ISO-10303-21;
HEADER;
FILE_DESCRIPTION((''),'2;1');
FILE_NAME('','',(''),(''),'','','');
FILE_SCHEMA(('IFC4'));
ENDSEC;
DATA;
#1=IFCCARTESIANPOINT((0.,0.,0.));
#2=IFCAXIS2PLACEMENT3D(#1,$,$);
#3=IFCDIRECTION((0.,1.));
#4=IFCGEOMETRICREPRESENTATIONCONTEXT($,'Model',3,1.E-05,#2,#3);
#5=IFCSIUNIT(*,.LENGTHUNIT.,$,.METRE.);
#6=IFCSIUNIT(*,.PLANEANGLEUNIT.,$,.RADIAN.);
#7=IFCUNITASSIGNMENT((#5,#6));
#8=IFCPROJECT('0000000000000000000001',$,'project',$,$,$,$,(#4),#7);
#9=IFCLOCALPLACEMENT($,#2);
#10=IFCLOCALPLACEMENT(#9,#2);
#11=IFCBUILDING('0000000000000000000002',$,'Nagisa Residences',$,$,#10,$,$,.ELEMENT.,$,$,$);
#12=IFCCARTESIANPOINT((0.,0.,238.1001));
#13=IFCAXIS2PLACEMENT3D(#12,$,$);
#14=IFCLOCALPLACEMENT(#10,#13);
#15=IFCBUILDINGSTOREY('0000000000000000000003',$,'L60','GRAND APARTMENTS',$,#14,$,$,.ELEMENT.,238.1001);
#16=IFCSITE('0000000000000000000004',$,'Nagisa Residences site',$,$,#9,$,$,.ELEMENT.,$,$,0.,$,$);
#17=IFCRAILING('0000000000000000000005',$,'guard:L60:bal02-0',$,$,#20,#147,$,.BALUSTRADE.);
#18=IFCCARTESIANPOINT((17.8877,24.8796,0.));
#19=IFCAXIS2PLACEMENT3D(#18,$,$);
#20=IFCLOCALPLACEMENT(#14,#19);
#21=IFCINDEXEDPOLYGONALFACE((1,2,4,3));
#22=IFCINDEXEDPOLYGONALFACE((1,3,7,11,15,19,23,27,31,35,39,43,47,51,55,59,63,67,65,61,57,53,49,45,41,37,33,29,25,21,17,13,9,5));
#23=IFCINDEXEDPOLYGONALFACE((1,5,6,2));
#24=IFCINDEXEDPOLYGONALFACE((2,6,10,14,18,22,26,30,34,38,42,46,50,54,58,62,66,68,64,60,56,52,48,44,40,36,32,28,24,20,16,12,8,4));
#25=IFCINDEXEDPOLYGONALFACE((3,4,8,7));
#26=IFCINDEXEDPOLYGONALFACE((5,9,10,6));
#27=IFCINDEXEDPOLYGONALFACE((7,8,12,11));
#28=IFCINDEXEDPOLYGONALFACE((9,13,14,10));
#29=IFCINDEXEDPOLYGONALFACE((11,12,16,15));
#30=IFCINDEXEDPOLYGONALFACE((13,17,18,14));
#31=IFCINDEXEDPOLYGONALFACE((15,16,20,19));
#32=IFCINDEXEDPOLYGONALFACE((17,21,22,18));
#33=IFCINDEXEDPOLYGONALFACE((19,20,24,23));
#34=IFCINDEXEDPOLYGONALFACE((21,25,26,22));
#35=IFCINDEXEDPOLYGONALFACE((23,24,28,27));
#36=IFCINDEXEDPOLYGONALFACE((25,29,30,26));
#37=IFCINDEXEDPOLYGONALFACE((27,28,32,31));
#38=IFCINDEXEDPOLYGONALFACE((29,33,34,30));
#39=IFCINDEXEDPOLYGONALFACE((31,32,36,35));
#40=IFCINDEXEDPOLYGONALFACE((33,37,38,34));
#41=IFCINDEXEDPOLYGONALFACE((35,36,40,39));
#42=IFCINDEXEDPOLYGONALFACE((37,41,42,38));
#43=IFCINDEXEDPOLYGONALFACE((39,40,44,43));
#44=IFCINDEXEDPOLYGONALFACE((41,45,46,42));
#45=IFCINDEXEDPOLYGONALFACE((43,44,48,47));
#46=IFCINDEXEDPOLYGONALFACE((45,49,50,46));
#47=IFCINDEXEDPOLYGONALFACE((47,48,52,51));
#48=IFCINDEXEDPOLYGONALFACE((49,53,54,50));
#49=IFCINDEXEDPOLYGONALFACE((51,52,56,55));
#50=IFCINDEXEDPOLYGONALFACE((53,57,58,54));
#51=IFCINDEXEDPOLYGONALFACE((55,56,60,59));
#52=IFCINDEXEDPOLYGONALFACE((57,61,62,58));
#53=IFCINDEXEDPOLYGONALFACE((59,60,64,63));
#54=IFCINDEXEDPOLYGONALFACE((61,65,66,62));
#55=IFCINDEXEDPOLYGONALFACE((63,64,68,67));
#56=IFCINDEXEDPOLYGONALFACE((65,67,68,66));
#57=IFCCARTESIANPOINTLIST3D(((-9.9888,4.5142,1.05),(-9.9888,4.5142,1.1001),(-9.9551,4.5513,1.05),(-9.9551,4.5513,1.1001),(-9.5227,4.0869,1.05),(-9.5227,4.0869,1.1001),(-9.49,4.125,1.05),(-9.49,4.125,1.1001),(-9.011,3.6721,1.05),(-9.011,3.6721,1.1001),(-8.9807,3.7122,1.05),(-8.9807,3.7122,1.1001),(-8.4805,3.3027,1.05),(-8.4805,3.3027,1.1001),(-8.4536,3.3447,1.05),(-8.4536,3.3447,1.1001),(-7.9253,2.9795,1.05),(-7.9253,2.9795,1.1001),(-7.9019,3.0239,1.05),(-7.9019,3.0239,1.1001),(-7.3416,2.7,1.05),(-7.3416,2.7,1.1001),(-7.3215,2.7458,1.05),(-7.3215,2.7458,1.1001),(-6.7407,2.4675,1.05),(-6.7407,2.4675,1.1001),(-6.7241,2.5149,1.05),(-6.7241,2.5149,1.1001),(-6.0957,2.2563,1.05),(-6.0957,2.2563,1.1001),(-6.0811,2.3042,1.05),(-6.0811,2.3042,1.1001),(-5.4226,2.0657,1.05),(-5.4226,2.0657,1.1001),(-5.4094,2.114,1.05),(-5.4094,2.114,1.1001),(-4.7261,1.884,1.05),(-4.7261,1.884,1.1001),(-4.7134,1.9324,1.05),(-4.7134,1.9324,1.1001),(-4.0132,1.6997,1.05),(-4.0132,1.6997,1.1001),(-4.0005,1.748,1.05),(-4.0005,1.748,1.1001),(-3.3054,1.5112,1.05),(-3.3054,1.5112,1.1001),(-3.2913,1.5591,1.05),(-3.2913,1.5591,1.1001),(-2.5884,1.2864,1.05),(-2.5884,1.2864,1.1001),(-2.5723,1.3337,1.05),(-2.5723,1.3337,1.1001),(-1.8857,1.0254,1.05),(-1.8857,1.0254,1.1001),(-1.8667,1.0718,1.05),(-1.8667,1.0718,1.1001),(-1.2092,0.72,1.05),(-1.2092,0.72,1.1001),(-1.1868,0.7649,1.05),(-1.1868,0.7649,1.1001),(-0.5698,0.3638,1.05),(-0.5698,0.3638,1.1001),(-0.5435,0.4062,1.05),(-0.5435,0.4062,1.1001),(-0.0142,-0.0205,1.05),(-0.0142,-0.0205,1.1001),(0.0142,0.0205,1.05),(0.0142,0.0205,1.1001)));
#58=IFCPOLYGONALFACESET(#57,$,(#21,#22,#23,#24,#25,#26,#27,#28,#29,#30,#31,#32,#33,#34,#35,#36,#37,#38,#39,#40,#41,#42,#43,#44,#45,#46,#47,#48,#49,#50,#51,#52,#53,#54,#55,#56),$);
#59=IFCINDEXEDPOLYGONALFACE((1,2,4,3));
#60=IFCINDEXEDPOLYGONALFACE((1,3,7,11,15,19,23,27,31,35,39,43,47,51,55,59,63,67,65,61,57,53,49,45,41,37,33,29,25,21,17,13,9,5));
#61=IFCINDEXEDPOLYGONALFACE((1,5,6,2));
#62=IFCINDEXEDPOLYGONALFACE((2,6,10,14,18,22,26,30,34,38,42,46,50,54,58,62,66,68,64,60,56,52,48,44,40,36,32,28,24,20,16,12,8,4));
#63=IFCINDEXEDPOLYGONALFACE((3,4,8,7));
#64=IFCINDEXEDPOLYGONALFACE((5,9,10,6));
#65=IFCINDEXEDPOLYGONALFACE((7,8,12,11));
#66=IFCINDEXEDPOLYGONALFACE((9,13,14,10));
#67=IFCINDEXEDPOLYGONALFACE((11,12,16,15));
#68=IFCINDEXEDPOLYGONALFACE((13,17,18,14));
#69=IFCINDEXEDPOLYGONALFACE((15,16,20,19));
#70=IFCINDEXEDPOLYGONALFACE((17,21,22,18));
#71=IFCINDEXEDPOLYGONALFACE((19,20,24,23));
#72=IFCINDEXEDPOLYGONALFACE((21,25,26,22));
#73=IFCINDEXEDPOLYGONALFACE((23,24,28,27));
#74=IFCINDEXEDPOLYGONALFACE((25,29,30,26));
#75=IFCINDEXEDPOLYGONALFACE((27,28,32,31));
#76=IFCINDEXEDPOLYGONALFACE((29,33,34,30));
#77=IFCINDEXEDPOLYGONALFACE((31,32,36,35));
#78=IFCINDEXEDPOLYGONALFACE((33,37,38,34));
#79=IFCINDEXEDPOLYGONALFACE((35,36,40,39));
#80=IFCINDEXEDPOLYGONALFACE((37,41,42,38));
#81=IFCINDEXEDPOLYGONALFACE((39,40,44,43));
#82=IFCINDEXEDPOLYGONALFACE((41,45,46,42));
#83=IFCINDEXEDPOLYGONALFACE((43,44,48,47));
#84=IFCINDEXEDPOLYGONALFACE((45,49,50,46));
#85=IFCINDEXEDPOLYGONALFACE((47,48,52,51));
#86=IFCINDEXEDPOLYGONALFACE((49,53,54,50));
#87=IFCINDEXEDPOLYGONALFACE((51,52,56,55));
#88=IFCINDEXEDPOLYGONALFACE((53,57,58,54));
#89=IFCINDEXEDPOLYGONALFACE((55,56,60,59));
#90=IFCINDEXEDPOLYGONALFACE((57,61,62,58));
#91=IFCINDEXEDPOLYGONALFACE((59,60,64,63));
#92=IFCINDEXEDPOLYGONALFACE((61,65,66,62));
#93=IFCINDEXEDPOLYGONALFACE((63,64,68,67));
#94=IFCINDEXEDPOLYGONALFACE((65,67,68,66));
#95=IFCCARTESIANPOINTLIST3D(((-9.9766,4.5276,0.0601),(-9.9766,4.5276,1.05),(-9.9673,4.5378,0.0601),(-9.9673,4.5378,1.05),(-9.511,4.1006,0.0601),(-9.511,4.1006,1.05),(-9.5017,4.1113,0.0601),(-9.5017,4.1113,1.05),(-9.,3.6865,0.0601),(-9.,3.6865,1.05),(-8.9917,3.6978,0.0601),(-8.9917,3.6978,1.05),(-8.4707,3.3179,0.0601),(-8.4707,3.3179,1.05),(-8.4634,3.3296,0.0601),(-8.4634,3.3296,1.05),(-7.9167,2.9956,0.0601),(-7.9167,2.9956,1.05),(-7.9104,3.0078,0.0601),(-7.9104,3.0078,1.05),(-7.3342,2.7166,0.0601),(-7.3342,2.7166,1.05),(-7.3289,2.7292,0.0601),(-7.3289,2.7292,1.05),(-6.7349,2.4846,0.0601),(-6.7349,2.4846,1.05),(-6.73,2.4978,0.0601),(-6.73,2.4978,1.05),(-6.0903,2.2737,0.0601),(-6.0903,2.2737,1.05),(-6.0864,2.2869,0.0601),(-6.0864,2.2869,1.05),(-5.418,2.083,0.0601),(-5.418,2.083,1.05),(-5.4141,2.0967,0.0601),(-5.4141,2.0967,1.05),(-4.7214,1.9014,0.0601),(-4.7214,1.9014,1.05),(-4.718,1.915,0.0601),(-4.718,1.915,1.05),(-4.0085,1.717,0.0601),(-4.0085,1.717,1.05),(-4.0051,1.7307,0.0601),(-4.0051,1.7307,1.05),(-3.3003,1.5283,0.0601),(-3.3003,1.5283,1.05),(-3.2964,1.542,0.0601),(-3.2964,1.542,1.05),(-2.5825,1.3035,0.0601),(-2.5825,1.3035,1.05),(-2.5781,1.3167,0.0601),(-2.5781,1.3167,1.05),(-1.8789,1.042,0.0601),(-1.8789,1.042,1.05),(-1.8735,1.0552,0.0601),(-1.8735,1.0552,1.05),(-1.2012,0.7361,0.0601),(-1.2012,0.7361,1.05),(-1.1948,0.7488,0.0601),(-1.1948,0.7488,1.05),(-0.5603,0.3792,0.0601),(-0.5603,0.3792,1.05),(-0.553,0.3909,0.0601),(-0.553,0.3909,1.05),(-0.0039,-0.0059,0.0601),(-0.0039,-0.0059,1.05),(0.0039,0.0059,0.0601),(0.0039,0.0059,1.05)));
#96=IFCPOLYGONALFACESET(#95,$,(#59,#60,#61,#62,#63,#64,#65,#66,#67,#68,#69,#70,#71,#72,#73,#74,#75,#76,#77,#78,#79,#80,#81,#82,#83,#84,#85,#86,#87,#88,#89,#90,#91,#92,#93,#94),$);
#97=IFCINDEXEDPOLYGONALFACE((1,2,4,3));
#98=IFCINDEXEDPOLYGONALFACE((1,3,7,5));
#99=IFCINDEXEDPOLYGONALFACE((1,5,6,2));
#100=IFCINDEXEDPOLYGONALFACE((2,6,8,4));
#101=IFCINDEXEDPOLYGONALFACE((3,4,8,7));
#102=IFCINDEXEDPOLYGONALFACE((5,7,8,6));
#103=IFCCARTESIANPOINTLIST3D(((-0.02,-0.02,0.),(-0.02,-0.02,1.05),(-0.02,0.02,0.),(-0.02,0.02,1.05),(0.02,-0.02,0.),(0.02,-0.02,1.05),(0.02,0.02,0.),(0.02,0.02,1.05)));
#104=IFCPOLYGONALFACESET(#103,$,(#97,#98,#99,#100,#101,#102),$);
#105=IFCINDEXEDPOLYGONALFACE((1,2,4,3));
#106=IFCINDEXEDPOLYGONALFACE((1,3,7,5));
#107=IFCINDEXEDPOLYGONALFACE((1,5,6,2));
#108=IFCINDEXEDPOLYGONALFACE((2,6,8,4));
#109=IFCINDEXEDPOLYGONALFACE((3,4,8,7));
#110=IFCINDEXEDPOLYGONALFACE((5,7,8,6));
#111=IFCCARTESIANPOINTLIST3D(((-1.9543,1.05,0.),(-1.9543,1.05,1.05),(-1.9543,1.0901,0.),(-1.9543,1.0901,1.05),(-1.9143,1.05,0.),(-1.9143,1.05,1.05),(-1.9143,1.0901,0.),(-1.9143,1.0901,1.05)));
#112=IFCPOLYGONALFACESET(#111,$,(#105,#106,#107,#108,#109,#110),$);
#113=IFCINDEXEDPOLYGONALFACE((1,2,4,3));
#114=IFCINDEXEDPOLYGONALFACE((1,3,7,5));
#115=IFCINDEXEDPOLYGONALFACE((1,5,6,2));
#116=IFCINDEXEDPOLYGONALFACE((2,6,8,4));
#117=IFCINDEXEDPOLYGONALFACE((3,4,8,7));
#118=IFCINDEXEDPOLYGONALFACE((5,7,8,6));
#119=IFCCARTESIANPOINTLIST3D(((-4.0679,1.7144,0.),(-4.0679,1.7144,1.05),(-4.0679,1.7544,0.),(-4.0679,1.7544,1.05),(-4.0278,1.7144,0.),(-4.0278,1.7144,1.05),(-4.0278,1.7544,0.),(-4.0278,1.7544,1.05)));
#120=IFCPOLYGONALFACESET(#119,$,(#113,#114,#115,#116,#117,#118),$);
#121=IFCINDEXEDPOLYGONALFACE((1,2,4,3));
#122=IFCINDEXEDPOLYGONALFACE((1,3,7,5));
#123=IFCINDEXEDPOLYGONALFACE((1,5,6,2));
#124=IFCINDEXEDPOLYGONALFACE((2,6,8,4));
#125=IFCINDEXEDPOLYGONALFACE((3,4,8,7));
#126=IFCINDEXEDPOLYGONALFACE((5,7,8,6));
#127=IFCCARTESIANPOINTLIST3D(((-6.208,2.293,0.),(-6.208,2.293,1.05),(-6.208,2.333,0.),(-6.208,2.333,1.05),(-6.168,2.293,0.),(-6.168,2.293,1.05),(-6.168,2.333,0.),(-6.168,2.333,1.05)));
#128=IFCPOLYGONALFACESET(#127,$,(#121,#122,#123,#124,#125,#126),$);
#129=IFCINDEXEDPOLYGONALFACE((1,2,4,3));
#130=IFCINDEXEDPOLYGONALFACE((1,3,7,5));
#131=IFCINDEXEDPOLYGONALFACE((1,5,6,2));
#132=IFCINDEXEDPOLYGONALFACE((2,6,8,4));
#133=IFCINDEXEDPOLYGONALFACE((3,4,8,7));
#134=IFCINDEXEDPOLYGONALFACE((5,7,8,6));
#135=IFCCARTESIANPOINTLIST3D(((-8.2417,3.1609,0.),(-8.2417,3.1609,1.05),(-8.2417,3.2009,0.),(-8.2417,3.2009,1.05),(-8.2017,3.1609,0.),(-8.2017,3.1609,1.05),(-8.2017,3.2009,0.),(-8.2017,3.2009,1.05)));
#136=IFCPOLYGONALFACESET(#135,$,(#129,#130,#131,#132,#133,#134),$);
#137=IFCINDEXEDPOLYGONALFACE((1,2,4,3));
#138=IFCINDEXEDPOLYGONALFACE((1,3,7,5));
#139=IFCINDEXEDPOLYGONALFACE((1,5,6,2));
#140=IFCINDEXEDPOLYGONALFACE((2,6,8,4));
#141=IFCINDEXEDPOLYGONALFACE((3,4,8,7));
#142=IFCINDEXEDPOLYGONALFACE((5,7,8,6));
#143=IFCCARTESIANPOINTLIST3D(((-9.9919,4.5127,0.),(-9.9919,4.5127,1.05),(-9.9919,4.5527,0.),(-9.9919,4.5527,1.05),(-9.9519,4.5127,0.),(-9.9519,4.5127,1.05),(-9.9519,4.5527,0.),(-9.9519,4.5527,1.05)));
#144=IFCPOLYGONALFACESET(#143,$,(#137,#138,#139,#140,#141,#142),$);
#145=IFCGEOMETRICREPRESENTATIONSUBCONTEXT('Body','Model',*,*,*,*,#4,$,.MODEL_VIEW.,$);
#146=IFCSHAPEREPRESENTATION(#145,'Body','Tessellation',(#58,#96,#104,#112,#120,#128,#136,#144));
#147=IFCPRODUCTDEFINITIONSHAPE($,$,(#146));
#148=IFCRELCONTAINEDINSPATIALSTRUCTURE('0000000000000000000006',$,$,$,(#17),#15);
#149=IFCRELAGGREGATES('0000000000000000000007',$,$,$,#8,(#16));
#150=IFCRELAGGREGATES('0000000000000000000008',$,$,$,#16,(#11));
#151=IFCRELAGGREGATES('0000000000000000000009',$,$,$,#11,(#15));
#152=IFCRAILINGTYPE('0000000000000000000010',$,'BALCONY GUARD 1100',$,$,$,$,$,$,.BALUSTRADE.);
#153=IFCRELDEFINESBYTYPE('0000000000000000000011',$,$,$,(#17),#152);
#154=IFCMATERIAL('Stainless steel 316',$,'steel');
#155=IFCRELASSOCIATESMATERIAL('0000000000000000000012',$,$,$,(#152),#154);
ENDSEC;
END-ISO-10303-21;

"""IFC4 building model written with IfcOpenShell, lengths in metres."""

from ifc_helpers import new_model, si_unit, direction, frame, origin, origin_2d, place, context, subcontext, project, spatial, polyline, rectangle, outline, extrude, material, type_object, element, save


model = new_model("IFC4")

# Units and contexts
model_context = context("Model", 3, precision=1e-05, world=origin(), true_north=direction((0.0, 1.0)))
body_context = subcontext(model_context, "Body", "Model", "MODEL_VIEW")
ifc_project = project(units=[si_unit("LENGTHUNIT", "METRE"), si_unit("PLANEANGLEUNIT", "RADIAN")], contexts=[model_context])

# Site, building, storey
site_placement = place(None, origin())
site = spatial("IfcSite", under=ifc_project, at=site_placement, Name="Nagisa Residences site", CompositionType="ELEMENT", RefElevation=0.0)
building_placement = place(site_placement, origin())
building = spatial("IfcBuilding", under=site, at=building_placement, Name="Nagisa Residences", CompositionType="ELEMENT")
storey_placement = place(building_placement, frame((0.0, 0.0, 238.1001)))
storey = spatial("IfcBuildingStorey", under=building, at=storey_placement, Name="L60", Description="GRAND APARTMENTS", CompositionType="ELEMENT", Elevation=238.1001)

# Railing
ifc_material_1 = material(Name="Stainless steel 316", Category="steel")
railing_type = type_object("IfcRailingType", Name="BALCONY GUARD 1100", PredefinedType="BALUSTRADE", material=ifc_material_1)
railing_1_placement = place(storey_placement, frame((17.8877, 24.8796, 0.0)))
element("IfcRailing", 1, at=railing_1_placement, inside=storey, type_object=railing_type, Name="guard:L60:bal02-0", PredefinedType="BALUSTRADE", context=body_context, shape_type="SweptSolid", body=[
    extrude(outline(polyline([(-0.5698, 0.3638), (-0.0142, -0.0205), (0.0142, 0.0205), (-0.5435, 0.4062), (-1.1868, 0.7649), (-1.8667, 1.0718), (-2.5723, 1.3337), (-3.2913, 1.5591), (-4.0005, 1.748), (-4.7134, 1.9324), (-5.4094, 2.114), (-6.0811, 2.3042), (-6.7241, 2.5149), (-7.3215, 2.7458), (-7.9019, 3.0239), (-8.4536, 3.3447), (-8.9807, 3.7122), (-9.49, 4.125), (-9.9551, 4.5513), (-9.9888, 4.5142), (-9.5227, 4.0869), (-9.011, 3.6721), (-8.4805, 3.3027), (-7.9253, 2.9795), (-7.3416, 2.7), (-6.7407, 2.4675), (-6.0957, 2.2563), (-5.4226, 2.0657), (-4.7261, 1.884), (-4.0132, 1.6997), (-3.3054, 1.5112), (-2.5884, 1.2864), (-1.8857, 1.0254), (-1.2092, 0.72), (-0.5698, 0.3638)])), frame((0.0, 0.0, 1.05)), (0.0, 0.0, 1.0), 0.05),
    extrude(outline(polyline([(-0.5603, 0.3792), (-0.0039, -0.0059), (0.0039, 0.0059), (-0.553, 0.3909), (-1.1948, 0.7488), (-1.8735, 1.0552), (-2.5781, 1.3167), (-3.2964, 1.542), (-4.0051, 1.7307), (-4.718, 1.915), (-5.4141, 2.0967), (-6.0864, 2.2869), (-6.73, 2.4978), (-7.3289, 2.7292), (-7.9104, 3.0078), (-8.4634, 3.3296), (-8.9917, 3.6978), (-9.5017, 4.1113), (-9.9673, 4.5378), (-9.9766, 4.5276), (-9.511, 4.1006), (-9.0, 3.6865), (-8.4707, 3.3179), (-7.9167, 2.9956), (-7.3342, 2.7166), (-6.7349, 2.4846), (-6.0903, 2.2737), (-5.418, 2.083), (-4.7214, 1.9014), (-4.0085, 1.717), (-3.3003, 1.5283), (-2.5825, 1.3035), (-1.8789, 1.042), (-1.2012, 0.7361), (-0.5603, 0.3792)])), frame((0.0, 0.0, 0.0601)), (0.0, 0.0, 1.0), 0.99),
    extrude(rectangle(XDim=0.04, YDim=0.04, at=origin_2d()), origin(), (0.0, 0.0, 1.0), 1.05),
    extrude(rectangle(XDim=0.04, YDim=0.04, at=origin_2d()), frame((-1.9343, 1.0701, 0.0)), (0.0, 0.0, 1.0), 1.05),
    extrude(rectangle(XDim=0.04, YDim=0.04, at=origin_2d()), frame((-4.0479, 1.7344, 0.0)), (0.0, 0.0, 1.0), 1.05),
    extrude(rectangle(XDim=0.04, YDim=0.04, at=origin_2d()), frame((-6.188, 2.313, 0.0)), (0.0, 0.0, 1.0), 1.05),
    extrude(rectangle(XDim=0.04, YDim=0.04, at=origin_2d()), frame((-8.2217, 3.1809, 0.0)), (0.0, 0.0, 1.0), 1.05),
    extrude(rectangle(XDim=0.04, YDim=0.04, at=origin_2d()), frame((-9.9719, 4.5327, 0.0)), (0.0, 0.0, 1.0), 1.05),
])

save(model, "model.ifc")
